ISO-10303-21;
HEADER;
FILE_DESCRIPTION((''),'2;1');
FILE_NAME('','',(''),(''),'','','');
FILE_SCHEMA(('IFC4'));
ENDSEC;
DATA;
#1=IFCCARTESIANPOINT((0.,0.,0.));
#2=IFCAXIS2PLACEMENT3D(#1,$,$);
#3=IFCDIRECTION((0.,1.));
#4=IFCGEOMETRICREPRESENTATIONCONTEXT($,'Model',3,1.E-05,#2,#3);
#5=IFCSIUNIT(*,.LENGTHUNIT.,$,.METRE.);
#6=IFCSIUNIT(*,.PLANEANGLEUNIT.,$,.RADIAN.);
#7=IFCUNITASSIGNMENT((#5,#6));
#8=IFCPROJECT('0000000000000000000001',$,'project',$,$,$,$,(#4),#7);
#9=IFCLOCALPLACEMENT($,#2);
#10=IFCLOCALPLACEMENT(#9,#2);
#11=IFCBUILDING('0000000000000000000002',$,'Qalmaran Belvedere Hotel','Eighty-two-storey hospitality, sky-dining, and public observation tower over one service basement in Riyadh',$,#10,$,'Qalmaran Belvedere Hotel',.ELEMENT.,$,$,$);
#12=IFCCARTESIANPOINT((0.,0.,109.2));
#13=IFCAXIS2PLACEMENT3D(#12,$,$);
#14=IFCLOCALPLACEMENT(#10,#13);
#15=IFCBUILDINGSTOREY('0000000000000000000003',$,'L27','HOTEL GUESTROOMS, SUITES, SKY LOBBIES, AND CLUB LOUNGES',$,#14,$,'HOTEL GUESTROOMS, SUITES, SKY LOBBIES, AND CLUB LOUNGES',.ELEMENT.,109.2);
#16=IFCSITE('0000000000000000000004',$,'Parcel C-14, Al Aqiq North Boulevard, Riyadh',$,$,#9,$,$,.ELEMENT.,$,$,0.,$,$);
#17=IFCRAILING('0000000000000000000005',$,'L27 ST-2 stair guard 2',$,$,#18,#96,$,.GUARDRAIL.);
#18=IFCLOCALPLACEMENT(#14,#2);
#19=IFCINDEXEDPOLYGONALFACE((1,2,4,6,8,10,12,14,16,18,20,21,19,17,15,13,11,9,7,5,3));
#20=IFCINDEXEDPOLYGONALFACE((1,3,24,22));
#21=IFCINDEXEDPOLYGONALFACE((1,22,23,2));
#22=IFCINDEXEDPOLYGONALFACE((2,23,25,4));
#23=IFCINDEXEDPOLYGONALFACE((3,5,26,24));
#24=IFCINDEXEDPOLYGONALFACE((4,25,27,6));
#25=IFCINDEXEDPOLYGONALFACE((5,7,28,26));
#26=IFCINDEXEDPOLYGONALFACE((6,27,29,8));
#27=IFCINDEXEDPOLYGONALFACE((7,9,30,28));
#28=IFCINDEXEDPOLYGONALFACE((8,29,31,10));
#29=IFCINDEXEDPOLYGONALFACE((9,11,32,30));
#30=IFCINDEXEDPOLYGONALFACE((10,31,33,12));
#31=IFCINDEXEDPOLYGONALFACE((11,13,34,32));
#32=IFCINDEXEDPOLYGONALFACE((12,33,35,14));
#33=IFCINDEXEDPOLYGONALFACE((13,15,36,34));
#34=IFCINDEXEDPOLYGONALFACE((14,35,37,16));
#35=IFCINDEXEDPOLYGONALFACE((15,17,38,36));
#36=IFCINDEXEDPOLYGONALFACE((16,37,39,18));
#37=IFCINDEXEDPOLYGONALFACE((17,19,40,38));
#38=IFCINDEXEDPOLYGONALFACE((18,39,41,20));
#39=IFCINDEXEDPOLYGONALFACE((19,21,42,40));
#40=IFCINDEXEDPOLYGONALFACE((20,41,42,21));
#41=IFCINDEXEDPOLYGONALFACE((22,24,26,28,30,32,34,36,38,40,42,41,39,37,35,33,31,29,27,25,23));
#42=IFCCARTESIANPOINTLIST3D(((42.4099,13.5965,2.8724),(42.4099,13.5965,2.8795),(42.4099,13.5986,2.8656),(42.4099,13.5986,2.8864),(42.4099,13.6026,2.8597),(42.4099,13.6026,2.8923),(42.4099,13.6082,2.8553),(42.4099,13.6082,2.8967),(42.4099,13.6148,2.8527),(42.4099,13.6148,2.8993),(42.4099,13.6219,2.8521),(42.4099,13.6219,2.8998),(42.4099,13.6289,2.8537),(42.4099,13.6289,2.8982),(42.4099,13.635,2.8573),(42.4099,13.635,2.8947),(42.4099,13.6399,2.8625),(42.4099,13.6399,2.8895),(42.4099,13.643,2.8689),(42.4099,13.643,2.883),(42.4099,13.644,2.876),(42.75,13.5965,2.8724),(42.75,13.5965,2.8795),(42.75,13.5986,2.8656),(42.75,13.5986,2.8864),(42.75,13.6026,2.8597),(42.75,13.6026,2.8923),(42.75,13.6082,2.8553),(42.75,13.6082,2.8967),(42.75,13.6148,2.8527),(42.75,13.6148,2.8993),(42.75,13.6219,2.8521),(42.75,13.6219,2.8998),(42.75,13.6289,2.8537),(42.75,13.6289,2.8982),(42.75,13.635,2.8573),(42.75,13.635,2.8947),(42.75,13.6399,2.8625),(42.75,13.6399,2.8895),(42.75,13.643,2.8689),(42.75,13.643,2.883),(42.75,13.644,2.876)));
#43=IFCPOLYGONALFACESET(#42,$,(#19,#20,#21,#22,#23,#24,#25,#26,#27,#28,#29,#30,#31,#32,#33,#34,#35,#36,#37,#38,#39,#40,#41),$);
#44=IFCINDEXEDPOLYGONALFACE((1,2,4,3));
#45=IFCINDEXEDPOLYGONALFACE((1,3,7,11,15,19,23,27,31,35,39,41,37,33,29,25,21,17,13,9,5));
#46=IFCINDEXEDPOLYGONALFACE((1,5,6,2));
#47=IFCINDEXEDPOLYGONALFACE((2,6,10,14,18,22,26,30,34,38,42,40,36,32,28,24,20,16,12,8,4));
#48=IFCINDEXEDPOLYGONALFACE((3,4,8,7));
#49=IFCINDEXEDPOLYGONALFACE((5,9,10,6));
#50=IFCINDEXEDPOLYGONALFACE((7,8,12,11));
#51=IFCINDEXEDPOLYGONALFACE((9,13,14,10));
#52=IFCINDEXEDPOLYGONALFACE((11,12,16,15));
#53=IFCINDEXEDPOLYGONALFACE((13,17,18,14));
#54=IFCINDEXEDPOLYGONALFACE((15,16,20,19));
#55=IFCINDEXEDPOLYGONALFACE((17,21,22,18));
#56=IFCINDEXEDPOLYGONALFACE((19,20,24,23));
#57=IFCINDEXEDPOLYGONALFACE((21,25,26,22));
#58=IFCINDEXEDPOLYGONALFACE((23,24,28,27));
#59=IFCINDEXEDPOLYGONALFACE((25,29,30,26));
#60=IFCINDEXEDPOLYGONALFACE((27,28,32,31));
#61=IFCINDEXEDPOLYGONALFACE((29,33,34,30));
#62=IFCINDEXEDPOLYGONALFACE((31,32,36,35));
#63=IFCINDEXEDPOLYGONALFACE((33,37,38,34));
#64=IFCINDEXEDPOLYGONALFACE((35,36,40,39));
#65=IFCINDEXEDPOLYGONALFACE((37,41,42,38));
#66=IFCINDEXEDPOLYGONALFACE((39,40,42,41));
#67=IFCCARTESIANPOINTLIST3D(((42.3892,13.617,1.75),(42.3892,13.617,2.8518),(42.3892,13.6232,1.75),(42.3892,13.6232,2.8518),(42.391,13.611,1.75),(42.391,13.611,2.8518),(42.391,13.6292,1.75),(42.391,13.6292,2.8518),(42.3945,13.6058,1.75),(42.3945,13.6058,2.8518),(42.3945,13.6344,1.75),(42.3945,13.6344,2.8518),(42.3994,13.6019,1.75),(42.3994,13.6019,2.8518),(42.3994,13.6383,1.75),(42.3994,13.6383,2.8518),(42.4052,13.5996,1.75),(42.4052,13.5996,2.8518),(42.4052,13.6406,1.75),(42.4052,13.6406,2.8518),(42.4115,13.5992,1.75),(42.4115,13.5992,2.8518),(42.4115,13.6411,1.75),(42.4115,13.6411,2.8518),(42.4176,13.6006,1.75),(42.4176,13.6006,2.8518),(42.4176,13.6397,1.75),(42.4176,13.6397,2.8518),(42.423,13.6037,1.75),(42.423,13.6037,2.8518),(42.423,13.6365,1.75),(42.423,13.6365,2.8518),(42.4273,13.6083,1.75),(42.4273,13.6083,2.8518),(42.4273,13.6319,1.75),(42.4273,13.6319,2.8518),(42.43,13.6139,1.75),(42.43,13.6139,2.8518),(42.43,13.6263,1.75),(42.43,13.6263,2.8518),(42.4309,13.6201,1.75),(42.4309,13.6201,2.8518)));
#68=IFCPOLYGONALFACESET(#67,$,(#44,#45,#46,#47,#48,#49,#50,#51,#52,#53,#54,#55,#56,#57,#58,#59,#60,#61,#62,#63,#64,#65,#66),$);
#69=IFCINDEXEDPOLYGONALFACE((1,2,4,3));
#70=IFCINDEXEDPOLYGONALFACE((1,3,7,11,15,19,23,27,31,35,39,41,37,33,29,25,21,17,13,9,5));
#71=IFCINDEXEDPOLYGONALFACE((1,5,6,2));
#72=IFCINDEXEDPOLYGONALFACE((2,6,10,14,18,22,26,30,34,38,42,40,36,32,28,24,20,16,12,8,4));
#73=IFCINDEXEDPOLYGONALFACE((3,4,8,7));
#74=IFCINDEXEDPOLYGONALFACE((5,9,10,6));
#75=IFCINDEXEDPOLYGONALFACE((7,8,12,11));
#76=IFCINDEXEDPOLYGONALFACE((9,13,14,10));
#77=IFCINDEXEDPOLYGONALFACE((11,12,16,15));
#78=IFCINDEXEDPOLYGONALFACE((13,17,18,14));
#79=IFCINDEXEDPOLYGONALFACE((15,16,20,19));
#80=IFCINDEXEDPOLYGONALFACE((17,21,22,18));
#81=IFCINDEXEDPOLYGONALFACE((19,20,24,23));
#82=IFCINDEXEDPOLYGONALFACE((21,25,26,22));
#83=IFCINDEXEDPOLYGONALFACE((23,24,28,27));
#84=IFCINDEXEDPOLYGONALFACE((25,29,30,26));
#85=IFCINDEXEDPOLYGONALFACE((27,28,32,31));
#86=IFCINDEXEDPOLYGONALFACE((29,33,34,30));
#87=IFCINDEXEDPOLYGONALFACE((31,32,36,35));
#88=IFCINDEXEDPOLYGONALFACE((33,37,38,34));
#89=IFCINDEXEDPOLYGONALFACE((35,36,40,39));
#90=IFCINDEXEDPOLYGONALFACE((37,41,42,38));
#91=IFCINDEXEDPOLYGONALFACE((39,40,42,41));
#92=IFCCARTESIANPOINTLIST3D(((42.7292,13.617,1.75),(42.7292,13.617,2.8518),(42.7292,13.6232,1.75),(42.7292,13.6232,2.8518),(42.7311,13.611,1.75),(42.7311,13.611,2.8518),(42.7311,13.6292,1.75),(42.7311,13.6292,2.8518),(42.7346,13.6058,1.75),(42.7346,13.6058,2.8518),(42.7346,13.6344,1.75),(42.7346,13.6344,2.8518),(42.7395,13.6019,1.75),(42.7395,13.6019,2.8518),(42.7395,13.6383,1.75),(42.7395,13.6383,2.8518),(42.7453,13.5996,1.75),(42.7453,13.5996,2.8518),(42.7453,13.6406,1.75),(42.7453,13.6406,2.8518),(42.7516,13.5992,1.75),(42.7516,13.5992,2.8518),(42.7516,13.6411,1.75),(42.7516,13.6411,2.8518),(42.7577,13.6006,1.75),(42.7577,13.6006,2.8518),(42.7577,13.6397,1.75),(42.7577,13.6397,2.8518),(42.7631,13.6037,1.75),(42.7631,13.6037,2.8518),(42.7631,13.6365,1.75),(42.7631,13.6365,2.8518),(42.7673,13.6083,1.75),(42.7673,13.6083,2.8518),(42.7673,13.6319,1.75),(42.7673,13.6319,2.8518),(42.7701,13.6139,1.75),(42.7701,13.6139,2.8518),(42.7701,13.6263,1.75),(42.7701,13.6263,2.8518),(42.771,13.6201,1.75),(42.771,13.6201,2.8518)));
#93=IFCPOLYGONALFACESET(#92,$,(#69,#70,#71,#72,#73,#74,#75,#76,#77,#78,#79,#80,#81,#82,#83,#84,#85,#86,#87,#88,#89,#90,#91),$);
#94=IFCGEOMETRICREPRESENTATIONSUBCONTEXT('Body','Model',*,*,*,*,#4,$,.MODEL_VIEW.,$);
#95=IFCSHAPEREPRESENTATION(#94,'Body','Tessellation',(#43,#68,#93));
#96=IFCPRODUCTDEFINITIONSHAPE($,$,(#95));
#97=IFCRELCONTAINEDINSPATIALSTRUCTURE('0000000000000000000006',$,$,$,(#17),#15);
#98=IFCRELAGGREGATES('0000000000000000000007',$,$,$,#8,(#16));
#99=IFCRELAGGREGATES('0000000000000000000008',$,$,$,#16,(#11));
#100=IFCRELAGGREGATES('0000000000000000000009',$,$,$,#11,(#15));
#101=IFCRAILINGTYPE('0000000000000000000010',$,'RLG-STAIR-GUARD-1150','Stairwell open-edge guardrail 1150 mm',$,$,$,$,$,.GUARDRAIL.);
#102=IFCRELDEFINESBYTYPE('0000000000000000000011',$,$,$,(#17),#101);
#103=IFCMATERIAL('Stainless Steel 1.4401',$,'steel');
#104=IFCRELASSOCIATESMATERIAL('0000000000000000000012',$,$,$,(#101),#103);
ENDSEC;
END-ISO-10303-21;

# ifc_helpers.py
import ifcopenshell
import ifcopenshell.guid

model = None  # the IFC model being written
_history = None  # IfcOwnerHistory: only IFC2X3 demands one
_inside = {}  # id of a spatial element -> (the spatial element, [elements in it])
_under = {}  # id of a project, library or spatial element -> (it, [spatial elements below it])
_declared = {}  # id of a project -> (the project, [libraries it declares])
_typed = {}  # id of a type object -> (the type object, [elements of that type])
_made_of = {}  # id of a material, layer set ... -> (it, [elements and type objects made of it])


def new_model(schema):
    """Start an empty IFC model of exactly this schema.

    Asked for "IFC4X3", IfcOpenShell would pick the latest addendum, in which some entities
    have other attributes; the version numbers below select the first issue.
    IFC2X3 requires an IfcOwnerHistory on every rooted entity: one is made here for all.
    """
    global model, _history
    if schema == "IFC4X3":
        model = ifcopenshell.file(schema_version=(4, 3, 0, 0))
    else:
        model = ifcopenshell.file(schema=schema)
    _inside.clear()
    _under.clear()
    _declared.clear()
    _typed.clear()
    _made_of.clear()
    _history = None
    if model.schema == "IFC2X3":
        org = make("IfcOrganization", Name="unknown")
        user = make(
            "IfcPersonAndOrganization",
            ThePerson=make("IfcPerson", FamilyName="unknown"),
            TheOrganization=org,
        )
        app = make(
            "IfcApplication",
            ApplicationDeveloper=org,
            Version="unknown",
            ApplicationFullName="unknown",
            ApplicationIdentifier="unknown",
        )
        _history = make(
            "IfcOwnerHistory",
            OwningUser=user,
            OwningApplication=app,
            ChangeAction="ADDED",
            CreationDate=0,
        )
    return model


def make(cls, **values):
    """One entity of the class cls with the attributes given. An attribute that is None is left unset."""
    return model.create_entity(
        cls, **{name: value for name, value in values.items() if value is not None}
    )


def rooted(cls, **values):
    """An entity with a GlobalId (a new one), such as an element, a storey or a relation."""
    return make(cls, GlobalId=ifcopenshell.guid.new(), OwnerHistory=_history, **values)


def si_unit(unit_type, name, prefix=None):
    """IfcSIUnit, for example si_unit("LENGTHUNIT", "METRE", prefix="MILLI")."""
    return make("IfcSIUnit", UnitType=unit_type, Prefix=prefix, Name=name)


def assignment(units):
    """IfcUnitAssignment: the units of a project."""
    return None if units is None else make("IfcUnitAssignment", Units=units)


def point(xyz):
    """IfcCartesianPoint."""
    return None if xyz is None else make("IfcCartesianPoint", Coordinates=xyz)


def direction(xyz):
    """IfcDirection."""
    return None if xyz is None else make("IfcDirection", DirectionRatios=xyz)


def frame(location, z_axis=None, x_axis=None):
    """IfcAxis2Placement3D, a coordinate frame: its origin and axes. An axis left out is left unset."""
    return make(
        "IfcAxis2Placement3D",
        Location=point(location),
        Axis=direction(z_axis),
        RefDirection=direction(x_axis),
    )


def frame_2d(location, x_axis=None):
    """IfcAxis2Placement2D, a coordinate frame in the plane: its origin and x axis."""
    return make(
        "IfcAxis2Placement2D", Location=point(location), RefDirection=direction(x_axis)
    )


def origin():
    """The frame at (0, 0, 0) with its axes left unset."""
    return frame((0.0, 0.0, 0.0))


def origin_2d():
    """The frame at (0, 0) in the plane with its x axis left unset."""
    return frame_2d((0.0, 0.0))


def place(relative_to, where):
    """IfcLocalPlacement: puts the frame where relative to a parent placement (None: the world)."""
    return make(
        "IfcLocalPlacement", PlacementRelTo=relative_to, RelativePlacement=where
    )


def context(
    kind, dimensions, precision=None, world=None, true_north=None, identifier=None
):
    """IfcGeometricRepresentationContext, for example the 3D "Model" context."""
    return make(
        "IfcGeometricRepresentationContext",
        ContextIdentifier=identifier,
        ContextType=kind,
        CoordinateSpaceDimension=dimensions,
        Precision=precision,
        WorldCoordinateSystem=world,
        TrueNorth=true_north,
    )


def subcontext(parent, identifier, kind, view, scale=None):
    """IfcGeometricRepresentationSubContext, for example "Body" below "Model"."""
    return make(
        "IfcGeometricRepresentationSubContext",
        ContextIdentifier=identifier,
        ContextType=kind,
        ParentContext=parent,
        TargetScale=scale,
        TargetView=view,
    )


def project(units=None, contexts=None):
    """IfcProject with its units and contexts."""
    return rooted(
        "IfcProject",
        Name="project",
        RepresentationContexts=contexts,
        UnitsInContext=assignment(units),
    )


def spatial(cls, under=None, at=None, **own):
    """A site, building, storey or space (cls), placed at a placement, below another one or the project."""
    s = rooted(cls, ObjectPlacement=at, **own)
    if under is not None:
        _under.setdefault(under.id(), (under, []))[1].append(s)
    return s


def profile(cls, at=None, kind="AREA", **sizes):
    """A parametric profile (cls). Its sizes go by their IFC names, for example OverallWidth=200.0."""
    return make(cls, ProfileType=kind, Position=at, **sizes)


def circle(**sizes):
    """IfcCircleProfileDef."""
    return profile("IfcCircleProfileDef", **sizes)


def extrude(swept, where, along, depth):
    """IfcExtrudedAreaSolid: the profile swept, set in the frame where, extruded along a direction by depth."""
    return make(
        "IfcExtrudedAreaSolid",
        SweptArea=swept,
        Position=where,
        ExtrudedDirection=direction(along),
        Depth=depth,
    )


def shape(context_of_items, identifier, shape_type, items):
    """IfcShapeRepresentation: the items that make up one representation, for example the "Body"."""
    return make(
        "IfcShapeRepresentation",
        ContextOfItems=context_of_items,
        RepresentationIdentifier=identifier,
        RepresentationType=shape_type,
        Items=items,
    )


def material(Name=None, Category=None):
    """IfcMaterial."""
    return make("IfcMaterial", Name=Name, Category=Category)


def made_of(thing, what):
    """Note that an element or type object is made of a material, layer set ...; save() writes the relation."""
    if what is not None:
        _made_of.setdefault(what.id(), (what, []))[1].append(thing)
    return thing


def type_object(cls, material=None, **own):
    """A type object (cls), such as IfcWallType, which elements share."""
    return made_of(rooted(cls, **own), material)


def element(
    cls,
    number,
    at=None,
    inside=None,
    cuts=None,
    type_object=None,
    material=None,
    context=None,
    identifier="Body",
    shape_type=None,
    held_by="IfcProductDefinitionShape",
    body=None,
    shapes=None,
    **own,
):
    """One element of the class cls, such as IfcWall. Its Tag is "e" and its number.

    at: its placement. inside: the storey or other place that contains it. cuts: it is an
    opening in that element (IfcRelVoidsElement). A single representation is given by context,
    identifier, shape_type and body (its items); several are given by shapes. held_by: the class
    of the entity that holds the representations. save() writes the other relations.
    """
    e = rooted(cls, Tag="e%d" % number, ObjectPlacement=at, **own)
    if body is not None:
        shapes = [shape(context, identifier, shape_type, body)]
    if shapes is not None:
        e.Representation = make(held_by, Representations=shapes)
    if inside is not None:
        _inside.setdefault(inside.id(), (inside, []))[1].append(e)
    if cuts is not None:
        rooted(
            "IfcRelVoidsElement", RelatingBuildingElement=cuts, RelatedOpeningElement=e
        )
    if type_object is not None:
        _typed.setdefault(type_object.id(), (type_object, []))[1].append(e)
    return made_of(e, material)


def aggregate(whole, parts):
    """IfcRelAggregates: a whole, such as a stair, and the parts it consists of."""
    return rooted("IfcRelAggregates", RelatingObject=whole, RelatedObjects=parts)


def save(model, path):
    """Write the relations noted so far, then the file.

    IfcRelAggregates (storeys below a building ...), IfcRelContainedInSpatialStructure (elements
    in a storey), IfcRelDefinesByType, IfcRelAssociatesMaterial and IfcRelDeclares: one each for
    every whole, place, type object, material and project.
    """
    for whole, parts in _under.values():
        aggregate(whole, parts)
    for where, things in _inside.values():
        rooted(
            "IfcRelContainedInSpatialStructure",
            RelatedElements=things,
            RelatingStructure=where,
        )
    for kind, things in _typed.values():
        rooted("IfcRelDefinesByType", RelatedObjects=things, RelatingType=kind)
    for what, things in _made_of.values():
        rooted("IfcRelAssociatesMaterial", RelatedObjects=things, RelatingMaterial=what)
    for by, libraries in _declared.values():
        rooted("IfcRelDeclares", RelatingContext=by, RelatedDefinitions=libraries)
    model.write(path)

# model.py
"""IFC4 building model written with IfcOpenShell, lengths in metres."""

from ifc_helpers import new_model, si_unit, direction, frame, origin, origin_2d, place, context, subcontext, project, spatial, circle, extrude, material, type_object, element, save


model = new_model("IFC4")

# Units and contexts
model_context = context("Model", 3, precision=1e-05, world=origin(), true_north=direction((0.0, 1.0)))
body_context = subcontext(model_context, "Body", "Model", "MODEL_VIEW")
ifc_project = project(units=[si_unit("LENGTHUNIT", "METRE"), si_unit("PLANEANGLEUNIT", "RADIAN")], contexts=[model_context])

# Site, building, storey
site_placement = place(None, origin())
site = spatial("IfcSite", under=ifc_project, at=site_placement, Name="Parcel C-14, Al Aqiq North Boulevard, Riyadh", CompositionType="ELEMENT", RefElevation=0.0)
building_placement = place(site_placement, origin())
building = spatial("IfcBuilding", under=site, at=building_placement, Name="Qalmaran Belvedere Hotel", Description="Eighty-two-storey hospitality, sky-dining, and public observation tower over one service basement in Riyadh", LongName="Qalmaran Belvedere Hotel", CompositionType="ELEMENT")
storey_placement = place(building_placement, frame((0.0, 0.0, 109.2)))
storey = spatial("IfcBuildingStorey", under=building, at=storey_placement, Name="L27", Description="HOTEL GUESTROOMS, SUITES, SKY LOBBIES, AND CLUB LOUNGES", LongName="HOTEL GUESTROOMS, SUITES, SKY LOBBIES, AND CLUB LOUNGES", CompositionType="ELEMENT", Elevation=109.2)

# Shared definitions
ifc_material_1 = material(Name="Stainless Steel 1.4401", Category="steel")

# Railing
railing_type_1 = type_object("IfcRailingType", Name="RLG-STAIR-GUARD-1150", Description="Stairwell open-edge guardrail 1150 mm", PredefinedType="GUARDRAIL", material=ifc_material_1)
railing_1_placement = place(storey_placement, frame((42.4099, 13.6201, 1.75)))
element("IfcRailing", 1, at=railing_1_placement, inside=storey, type_object=railing_type_1, Name="L27 ST-2 stair guard 2", PredefinedType="GUARDRAIL", context=body_context, shape_type="SweptSolid", body=[
    extrude(circle(Radius=0.0239, at=origin_2d()), frame((0.0, 0.0, 1.126), z_axis=(1.0, 0.0, 0.0), x_axis=(0.0, 1.0, 0.0)), (0.0, 0.0, 1.0), 0.3401),
    extrude(circle(Radius=0.021, at=origin_2d()), origin(), (0.0, 0.0, 1.0), 1.1018),
    extrude(circle(Radius=0.021, at=origin_2d()), frame((0.3401, 0.0, 0.0)), (0.0, 0.0, 1.0), 1.1018),
])

save(model, "model.ifc")
